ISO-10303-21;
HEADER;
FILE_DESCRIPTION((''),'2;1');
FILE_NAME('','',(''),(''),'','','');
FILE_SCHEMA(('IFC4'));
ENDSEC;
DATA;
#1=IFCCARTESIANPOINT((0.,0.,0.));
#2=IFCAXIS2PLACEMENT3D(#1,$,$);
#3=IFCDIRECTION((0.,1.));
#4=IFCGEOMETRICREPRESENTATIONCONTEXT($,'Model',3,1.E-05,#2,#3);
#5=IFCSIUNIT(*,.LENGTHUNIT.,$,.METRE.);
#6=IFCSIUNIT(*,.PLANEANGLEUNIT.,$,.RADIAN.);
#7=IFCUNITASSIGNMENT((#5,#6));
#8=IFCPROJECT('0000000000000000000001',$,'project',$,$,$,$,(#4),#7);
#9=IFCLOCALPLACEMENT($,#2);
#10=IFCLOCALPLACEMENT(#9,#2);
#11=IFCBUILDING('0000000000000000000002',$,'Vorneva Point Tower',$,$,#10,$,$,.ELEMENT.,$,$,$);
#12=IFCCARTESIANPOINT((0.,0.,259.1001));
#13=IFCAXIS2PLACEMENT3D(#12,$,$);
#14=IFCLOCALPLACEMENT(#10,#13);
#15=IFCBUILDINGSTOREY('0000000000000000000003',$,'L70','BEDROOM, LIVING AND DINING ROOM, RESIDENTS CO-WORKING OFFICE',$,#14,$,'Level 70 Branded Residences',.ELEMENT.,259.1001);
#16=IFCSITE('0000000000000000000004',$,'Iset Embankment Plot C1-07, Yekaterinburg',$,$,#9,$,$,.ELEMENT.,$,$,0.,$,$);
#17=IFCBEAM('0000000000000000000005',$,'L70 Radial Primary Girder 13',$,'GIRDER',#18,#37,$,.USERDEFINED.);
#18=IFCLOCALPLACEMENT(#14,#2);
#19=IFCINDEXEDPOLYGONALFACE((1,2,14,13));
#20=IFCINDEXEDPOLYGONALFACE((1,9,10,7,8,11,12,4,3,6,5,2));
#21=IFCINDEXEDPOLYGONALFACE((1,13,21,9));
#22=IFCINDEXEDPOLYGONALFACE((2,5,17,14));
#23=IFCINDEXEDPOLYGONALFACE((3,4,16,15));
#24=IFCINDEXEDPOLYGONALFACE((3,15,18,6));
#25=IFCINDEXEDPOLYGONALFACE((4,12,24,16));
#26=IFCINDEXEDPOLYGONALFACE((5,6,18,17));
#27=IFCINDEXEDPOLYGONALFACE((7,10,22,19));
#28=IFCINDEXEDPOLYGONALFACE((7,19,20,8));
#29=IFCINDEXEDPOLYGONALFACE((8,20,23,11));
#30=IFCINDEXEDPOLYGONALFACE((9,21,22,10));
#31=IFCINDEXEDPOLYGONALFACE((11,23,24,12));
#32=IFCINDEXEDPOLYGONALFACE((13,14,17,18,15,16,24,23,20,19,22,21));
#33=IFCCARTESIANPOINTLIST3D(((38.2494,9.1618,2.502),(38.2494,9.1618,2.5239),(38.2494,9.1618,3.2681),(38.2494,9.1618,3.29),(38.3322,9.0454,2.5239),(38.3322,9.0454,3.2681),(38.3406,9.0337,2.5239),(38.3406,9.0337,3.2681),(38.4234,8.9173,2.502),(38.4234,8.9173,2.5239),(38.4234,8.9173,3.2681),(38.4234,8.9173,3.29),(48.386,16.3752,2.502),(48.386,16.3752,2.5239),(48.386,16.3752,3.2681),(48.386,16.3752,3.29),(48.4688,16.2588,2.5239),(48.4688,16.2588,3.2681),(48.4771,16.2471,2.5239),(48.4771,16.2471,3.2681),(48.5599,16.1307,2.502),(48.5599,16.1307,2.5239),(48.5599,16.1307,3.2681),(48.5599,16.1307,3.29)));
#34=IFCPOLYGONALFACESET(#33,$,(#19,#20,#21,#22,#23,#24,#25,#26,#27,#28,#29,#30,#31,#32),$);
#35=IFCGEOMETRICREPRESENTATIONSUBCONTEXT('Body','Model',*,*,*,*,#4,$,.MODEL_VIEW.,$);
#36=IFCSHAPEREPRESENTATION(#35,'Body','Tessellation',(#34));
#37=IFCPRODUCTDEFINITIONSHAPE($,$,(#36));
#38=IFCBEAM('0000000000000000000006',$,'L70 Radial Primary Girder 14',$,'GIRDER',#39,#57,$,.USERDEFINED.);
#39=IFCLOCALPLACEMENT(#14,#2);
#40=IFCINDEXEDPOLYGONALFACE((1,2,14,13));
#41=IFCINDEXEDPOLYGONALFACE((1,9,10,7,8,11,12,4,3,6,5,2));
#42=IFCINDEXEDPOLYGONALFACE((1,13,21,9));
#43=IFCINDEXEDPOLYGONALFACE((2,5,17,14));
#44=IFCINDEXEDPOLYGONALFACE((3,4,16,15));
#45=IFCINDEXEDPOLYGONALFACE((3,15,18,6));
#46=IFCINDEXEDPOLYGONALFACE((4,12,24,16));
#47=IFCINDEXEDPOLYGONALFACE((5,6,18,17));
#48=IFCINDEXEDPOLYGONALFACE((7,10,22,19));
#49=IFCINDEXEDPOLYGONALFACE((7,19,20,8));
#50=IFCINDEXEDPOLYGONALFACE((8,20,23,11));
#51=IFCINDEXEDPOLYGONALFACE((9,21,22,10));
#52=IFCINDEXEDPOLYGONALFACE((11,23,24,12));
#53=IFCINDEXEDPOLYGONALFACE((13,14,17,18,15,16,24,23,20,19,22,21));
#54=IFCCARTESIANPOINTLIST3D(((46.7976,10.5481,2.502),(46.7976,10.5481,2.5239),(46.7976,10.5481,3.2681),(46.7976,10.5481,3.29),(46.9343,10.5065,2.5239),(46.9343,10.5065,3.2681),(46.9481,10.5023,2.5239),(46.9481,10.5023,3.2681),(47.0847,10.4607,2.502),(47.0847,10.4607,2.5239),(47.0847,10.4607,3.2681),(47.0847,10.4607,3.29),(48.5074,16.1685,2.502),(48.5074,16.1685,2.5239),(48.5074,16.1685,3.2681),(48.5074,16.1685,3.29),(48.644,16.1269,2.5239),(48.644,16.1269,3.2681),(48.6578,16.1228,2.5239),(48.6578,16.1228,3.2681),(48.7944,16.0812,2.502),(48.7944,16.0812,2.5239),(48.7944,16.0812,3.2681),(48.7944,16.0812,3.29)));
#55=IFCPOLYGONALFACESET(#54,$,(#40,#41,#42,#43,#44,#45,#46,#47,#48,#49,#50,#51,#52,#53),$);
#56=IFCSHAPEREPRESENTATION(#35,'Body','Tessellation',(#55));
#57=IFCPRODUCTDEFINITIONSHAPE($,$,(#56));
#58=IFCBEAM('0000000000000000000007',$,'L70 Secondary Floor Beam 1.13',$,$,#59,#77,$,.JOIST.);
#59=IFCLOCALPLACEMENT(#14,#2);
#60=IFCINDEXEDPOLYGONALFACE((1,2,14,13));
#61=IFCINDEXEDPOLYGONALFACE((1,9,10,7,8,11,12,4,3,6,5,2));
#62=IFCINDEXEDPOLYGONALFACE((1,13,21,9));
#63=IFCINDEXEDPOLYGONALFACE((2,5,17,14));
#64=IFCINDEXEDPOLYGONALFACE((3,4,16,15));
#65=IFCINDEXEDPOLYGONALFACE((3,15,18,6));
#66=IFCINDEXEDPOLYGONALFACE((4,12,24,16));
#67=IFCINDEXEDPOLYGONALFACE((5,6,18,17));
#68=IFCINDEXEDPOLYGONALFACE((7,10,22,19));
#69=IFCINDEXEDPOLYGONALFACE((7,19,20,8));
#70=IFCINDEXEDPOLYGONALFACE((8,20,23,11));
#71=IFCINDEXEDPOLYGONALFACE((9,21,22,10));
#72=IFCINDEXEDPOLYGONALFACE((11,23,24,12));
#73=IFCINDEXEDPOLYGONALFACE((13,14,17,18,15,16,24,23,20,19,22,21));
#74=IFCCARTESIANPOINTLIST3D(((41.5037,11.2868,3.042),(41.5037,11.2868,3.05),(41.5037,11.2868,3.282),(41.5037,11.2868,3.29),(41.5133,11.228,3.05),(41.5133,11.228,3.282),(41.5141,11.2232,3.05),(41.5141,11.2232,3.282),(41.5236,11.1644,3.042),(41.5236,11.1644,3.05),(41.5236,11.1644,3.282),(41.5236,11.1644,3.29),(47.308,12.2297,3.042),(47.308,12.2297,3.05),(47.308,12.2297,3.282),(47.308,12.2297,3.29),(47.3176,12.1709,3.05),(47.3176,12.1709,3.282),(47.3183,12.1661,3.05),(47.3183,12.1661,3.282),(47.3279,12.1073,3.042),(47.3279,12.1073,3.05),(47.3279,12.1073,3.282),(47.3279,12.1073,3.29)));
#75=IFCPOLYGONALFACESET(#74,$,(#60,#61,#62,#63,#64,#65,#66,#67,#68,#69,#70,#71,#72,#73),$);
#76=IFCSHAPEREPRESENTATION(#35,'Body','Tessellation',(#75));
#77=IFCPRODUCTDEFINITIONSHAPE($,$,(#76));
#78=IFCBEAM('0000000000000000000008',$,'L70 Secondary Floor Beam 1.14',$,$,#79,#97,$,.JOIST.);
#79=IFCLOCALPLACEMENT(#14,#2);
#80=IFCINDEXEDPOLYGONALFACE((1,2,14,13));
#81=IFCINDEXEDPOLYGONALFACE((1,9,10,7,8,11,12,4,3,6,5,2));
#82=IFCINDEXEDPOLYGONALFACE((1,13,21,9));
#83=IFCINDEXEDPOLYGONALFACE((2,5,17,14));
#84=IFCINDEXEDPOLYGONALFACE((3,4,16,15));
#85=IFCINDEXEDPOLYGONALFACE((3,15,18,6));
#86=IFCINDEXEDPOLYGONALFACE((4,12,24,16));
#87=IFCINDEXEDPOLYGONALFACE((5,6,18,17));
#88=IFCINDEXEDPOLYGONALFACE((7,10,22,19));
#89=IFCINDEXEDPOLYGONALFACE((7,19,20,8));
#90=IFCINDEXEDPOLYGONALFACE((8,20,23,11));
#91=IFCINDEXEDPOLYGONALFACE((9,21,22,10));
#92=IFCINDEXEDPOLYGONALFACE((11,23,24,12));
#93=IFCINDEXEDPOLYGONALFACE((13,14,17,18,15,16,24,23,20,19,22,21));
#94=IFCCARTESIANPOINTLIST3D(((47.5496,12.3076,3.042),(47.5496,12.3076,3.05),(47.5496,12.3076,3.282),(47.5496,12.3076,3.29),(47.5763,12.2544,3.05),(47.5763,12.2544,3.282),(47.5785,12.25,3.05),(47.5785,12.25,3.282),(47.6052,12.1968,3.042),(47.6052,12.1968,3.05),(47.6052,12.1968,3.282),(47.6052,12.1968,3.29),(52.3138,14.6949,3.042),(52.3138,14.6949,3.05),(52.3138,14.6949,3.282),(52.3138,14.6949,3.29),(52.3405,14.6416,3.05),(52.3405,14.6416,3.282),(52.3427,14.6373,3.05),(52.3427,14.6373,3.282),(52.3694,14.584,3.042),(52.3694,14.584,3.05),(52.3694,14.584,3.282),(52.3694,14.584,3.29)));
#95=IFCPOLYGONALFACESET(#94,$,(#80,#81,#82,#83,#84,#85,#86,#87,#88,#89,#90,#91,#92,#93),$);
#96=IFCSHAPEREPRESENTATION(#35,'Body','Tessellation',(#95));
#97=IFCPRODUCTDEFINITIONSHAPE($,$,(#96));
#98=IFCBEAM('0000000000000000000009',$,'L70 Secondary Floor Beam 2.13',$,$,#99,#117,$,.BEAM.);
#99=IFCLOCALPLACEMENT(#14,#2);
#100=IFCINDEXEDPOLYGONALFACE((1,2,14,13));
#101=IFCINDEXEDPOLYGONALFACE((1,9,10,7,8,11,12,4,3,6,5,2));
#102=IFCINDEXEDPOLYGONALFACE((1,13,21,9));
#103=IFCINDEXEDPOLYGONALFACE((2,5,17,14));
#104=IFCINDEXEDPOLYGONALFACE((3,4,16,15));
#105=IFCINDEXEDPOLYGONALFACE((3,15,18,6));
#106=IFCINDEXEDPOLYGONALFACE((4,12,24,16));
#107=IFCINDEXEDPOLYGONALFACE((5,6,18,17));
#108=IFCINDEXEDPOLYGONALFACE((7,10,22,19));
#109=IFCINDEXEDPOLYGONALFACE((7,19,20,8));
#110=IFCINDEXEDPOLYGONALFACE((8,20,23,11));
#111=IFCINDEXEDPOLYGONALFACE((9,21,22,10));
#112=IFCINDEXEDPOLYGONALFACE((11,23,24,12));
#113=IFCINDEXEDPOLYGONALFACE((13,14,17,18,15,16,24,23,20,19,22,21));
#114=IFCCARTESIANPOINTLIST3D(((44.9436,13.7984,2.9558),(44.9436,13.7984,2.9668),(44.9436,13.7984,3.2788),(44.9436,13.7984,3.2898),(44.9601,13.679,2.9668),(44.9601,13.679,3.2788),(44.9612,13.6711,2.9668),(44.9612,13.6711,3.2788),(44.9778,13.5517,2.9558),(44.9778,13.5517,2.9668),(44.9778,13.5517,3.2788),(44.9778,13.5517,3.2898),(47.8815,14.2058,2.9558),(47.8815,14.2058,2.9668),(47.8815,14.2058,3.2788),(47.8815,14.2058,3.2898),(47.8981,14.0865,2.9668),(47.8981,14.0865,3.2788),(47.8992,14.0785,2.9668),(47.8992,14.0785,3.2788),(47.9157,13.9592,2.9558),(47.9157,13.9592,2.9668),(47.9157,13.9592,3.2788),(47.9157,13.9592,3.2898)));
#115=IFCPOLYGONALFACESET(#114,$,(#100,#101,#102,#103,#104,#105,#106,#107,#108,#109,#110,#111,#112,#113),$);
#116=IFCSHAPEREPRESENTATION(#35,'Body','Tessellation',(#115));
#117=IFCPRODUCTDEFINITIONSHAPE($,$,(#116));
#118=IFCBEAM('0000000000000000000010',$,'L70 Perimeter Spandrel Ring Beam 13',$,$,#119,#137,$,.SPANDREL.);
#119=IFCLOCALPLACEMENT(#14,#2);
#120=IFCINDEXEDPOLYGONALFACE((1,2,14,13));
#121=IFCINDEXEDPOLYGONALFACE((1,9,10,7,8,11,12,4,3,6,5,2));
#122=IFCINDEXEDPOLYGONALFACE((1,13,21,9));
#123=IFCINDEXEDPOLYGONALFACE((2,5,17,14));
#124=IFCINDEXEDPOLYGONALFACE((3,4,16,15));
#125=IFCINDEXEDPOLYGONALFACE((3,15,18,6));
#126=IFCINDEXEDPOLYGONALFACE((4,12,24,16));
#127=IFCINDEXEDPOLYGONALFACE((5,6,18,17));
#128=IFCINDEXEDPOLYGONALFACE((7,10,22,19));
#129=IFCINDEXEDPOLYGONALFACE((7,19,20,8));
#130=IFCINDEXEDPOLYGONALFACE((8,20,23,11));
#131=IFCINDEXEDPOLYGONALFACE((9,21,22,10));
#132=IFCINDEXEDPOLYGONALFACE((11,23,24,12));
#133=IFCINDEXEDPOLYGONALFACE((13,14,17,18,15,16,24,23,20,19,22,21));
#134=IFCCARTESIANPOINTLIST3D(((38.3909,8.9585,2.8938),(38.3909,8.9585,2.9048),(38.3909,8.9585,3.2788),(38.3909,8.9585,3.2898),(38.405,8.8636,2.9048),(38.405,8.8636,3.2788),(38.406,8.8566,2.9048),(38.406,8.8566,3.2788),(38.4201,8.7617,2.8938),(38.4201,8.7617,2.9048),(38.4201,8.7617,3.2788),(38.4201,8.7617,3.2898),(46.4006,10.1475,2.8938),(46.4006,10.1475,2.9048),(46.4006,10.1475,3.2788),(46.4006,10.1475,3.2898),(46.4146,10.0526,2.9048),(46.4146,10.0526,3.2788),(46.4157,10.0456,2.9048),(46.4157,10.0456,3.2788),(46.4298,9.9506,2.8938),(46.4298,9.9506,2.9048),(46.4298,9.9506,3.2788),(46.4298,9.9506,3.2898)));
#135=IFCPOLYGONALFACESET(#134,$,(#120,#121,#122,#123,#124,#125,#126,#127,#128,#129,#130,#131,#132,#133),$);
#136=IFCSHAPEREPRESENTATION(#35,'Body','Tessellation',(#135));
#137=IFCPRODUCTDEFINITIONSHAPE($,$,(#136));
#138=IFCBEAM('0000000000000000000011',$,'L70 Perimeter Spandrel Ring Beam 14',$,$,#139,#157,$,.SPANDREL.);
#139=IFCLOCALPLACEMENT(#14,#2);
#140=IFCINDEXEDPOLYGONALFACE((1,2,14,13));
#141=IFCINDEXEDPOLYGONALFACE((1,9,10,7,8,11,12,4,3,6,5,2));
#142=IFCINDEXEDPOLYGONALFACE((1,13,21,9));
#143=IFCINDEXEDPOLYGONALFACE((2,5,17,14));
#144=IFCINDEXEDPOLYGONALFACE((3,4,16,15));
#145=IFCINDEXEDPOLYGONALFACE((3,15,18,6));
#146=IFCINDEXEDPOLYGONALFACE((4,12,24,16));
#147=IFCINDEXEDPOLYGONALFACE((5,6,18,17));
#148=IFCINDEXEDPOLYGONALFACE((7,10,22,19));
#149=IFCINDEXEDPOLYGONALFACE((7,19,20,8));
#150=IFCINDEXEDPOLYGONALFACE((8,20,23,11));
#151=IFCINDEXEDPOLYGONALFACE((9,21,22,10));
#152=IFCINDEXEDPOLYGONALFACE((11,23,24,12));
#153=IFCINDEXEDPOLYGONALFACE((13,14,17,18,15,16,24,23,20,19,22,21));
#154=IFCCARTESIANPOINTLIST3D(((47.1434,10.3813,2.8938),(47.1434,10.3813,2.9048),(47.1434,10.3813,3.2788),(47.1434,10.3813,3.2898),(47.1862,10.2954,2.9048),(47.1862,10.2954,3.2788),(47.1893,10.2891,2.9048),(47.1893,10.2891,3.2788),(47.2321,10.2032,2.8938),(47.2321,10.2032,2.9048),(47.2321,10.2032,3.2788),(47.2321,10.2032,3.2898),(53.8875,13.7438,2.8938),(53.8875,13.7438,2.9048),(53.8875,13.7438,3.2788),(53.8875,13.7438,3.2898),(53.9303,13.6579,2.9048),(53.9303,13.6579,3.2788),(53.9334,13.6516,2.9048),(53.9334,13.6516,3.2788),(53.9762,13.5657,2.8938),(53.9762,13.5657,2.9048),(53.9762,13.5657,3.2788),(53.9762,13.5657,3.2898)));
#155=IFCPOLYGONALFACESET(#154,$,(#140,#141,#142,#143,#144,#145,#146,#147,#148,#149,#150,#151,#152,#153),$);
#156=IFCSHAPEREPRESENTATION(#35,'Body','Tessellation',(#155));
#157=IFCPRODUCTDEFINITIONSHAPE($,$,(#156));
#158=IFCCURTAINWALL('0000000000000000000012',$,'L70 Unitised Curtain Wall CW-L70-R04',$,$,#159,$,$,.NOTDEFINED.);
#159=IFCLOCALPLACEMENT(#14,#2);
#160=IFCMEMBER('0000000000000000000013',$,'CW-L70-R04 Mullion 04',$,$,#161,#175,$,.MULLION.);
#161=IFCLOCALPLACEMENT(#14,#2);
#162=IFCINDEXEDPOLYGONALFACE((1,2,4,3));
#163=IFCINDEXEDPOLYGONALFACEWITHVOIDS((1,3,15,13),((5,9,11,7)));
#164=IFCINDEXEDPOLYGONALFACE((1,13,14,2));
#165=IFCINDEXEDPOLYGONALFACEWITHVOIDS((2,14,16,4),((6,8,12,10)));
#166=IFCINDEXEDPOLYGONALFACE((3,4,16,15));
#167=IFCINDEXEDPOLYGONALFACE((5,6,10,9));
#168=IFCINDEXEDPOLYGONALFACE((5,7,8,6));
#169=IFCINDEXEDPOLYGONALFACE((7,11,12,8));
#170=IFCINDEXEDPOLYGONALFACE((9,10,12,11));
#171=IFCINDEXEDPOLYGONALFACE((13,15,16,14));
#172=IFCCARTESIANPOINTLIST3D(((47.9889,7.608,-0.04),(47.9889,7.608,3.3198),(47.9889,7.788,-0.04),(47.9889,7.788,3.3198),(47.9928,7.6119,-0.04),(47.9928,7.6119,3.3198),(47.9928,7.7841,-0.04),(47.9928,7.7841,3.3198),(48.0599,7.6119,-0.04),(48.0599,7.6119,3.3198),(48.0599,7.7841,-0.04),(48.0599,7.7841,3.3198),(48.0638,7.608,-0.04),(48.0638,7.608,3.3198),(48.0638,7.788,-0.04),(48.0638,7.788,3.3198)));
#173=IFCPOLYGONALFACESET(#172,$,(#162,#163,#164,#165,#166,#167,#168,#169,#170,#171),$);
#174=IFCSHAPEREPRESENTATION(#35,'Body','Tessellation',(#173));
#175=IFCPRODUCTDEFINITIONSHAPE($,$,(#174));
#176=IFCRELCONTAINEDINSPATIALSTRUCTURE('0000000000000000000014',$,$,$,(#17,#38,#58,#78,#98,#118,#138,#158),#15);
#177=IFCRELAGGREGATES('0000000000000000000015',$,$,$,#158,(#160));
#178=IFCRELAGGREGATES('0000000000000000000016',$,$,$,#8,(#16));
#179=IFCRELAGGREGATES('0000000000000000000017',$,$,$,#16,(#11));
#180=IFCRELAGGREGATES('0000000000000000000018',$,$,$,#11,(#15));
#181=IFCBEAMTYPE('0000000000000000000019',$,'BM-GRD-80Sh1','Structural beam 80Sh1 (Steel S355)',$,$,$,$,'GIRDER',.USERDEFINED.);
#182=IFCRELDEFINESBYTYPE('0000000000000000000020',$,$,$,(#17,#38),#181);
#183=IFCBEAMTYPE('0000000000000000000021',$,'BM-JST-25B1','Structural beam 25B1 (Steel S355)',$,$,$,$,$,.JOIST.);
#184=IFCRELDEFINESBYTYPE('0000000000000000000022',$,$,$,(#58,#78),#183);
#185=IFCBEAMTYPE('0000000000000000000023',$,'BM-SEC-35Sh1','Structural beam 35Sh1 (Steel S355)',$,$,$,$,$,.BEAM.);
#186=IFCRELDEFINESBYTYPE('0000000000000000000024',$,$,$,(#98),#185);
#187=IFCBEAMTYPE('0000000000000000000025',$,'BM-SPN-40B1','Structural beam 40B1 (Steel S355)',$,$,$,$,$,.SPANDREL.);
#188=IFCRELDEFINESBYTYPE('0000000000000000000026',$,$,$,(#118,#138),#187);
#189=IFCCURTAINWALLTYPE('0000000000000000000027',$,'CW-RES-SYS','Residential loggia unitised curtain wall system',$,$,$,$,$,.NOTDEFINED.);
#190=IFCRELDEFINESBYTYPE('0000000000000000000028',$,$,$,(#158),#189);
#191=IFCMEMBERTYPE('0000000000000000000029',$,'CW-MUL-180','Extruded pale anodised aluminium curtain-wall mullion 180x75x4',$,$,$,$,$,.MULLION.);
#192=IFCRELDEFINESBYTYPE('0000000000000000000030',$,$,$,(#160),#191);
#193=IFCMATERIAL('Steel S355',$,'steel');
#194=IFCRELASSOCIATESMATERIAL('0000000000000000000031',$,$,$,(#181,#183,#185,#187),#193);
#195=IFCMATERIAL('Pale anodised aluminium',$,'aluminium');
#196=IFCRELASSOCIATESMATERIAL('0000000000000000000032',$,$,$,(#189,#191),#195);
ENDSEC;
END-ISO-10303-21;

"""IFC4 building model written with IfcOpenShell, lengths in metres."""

from ifc_helpers import new_model, si_unit, direction, frame, origin, origin_2d, place, context, subcontext, project, spatial, hollow_rectangle, i_section, extrude, material, material_profile, profile_set, type_object, element, aggregate, save


model = new_model("IFC4")

# Units and contexts
model_context = context("Model", 3, precision=1e-05, world=origin(), true_north=direction((0.0, 1.0)))
body_context = subcontext(model_context, "Body", "Model", "MODEL_VIEW")
ifc_project = project(units=[si_unit("LENGTHUNIT", "METRE"), si_unit("PLANEANGLEUNIT", "RADIAN")], contexts=[model_context])

# Site, building, storey
site_placement = place(None, origin())
site = spatial("IfcSite", under=ifc_project, at=site_placement, Name="Iset Embankment Plot C1-07, Yekaterinburg", CompositionType="ELEMENT", RefElevation=0.0)
building_placement = place(site_placement, origin())
building = spatial("IfcBuilding", under=site, at=building_placement, Name="Vorneva Point Tower", CompositionType="ELEMENT")
storey_placement = place(building_placement, frame((0.0, 0.0, 259.1001)))
storey = spatial("IfcBuildingStorey", under=building, at=storey_placement, Name="L70", Description="BEDROOM, LIVING AND DINING ROOM, RESIDENTS CO-WORKING OFFICE", LongName="Level 70 Branded Residences", CompositionType="ELEMENT", Elevation=259.1001)

# Beams
ifc_material_1 = material(Name="Steel S355", Category="steel")
ifc_material_profile_1 = material_profile(ifc_material_1, i_section(OverallWidth=0.3, OverallDepth=0.7881, WebThickness=0.0144, FlangeThickness=0.022, at=origin_2d()), Name="80Sh1")
ifc_profile_set_1 = profile_set([ifc_material_profile_1], Name="Steel S355")
beam_type_1 = type_object("IfcBeamType", Name="BM-GRD-80Sh1", Description="Structural beam 80Sh1 (Steel S355)", ElementType="GIRDER", PredefinedType="USERDEFINED", material=ifc_profile_set_1)
beam_1_placement = place(storey_placement, frame((38.3364, 9.0396, 2.896), z_axis=(0.814757, 0.579802, 0.0), x_axis=(-0.579802, 0.814757, 0.0)))
element("IfcBeam", 1, at=beam_1_placement, inside=storey, type_object=beam_type_1, Name="L70 Radial Primary Girder 13", ObjectType="GIRDER", PredefinedType="USERDEFINED", context=body_context, shape_type="SweptSolid", body=[
    extrude(i_section(OverallWidth=0.3, OverallDepth=0.7881, WebThickness=0.0144, FlangeThickness=0.022, at=origin_2d()), origin(), (0.0, 0.0, 1.0), 12.4412),
])
beam_2_placement = place(storey_placement, frame((46.9412, 10.5044, 2.896), z_axis=(0.291033, 0.956713, 0.0), x_axis=(-0.956713, 0.291033, 0.0)))
element("IfcBeam", 2, at=beam_2_placement, inside=storey, type_object=beam_type_1, Name="L70 Radial Primary Girder 14", ObjectType="GIRDER", PredefinedType="USERDEFINED", context=body_context, shape_type="SweptSolid", body=[
    extrude(i_section(OverallWidth=0.3, OverallDepth=0.7881, WebThickness=0.0144, FlangeThickness=0.022, at=origin_2d()), origin(), (0.0, 0.0, 1.0), 5.8748),
])
ifc_material_profile_2 = material_profile(ifc_material_1, i_section(OverallWidth=0.124, OverallDepth=0.248, WebThickness=0.0049, FlangeThickness=0.0081, at=origin_2d()), Name="25B1")
ifc_profile_set_2 = profile_set([ifc_material_profile_2], Name="Steel S355")
beam_type_2 = type_object("IfcBeamType", Name="BM-JST-25B1", Description="Structural beam 25B1 (Steel S355)", PredefinedType="JOIST", material=ifc_profile_set_2)
beam_3_placement = place(storey_placement, frame((41.5137, 11.2256, 3.166), z_axis=(0.987061, 0.160344, 0.0), x_axis=(-0.160344, 0.987061, 0.0)))
element("IfcBeam", 3, at=beam_3_placement, inside=storey, type_object=beam_type_2, Name="L70 Secondary Floor Beam 1.13", PredefinedType="JOIST", context=body_context, shape_type="SweptSolid", body=[
    extrude(i_section(OverallWidth=0.124, OverallDepth=0.248, WebThickness=0.0049, FlangeThickness=0.0081, at=origin_2d()), origin(), (0.0, 0.0, 1.0), 5.8804),
])
beam_4_placement = place(storey_placement, frame((47.5774, 12.2522, 3.166), z_axis=(0.894042, 0.447983, 0.0), x_axis=(-0.447983, 0.894042, 0.0)))
element("IfcBeam", 4, at=beam_4_placement, inside=storey, type_object=beam_type_2, Name="L70 Secondary Floor Beam 1.14", PredefinedType="JOIST", context=body_context, shape_type="SweptSolid", body=[
    extrude(i_section(OverallWidth=0.124, OverallDepth=0.248, WebThickness=0.0049, FlangeThickness=0.0081, at=origin_2d()), origin(), (0.0, 0.0, 1.0), 5.3289),
])
ifc_material_profile_3 = material_profile(ifc_material_1, i_section(OverallWidth=0.249, OverallDepth=0.334, WebThickness=0.0081, FlangeThickness=0.011, at=origin_2d()), Name="35Sh1")
ifc_profile_set_3 = profile_set([ifc_material_profile_3], Name="Steel S355")
beam_type_3 = type_object("IfcBeamType", Name="BM-SEC-35Sh1", Description="Structural beam 35Sh1 (Steel S355)", PredefinedType="BEAM", material=ifc_profile_set_3)
beam_5_placement = place(storey_placement, frame((44.9607, 13.675, 3.1228), z_axis=(0.990519, 0.137375, 0.0), x_axis=(-0.137375, 0.990519, 0.0)))
element("IfcBeam", 5, at=beam_5_placement, inside=storey, type_object=beam_type_3, Name="L70 Secondary Floor Beam 2.13", PredefinedType="BEAM", context=body_context, shape_type="SweptSolid", body=[
    extrude(i_section(OverallWidth=0.249, OverallDepth=0.334, WebThickness=0.0081, FlangeThickness=0.011, at=origin_2d()), origin(), (0.0, 0.0, 1.0), 2.9661),
])
ifc_material_profile_4 = material_profile(ifc_material_1, i_section(OverallWidth=0.199, OverallDepth=0.396, WebThickness=0.0071, FlangeThickness=0.011, at=origin_2d()), Name="40B1")
ifc_profile_set_4 = profile_set([ifc_material_profile_4], Name="Steel S355")
beam_type_4 = type_object("IfcBeamType", Name="BM-SPN-40B1", Description="Structural beam 40B1 (Steel S355)", PredefinedType="SPANDREL", material=ifc_profile_set_4)
beam_6_placement = place(storey_placement, frame((38.4055, 8.8601, 3.0918), z_axis=(0.989162, 0.146831, 0.0), x_axis=(-0.146831, 0.989162, 0.0)))
element("IfcBeam", 6, at=beam_6_placement, inside=storey, type_object=beam_type_4, Name="L70 Perimeter Spandrel Ring Beam 13", PredefinedType="SPANDREL", context=body_context, shape_type="SweptSolid", body=[
    extrude(i_section(OverallWidth=0.199, OverallDepth=0.396, WebThickness=0.0071, FlangeThickness=0.011, at=origin_2d()), origin(), (0.0, 0.0, 1.0), 8.0974),
])
beam_7_placement = place(storey_placement, frame((47.1877, 10.2922, 3.0918), z_axis=(0.894932, 0.446203, 0.0), x_axis=(-0.446203, 0.894932, 0.0)))
element("IfcBeam", 7, at=beam_7_placement, inside=storey, type_object=beam_type_4, Name="L70 Perimeter Spandrel Ring Beam 14", PredefinedType="SPANDREL", context=body_context, shape_type="SweptSolid", body=[
    extrude(i_section(OverallWidth=0.199, OverallDepth=0.396, WebThickness=0.0071, FlangeThickness=0.011, at=origin_2d()), origin(), (0.0, 0.0, 1.0), 7.5359),
])

# Curtain wall, member
ifc_material_2 = material(Name="Pale anodised aluminium", Category="aluminium")
curtain_wall_type = type_object("IfcCurtainWallType", Name="CW-RES-SYS", Description="Residential loggia unitised curtain wall system", PredefinedType="NOTDEFINED", material=ifc_material_2)
curtain_wall_placement = place(storey_placement, origin())
curtain_wall = element("IfcCurtainWall", 8, at=curtain_wall_placement, inside=storey, type_object=curtain_wall_type, Name="L70 Unitised Curtain Wall CW-L70-R04", PredefinedType="NOTDEFINED")
ifc_material_profile_5 = material_profile(ifc_material_2, hollow_rectangle(XDim=0.075, YDim=0.1799, WallThickness=0.0039, at=origin_2d()), Name="AL-MUL 180x75x4")
ifc_profile_set_5 = profile_set([ifc_material_profile_5], Name="Pale anodised aluminium")
member_type_1 = type_object("IfcMemberType", Name="CW-MUL-180", Description="Extruded pale anodised aluminium curtain-wall mullion 180x75x4", PredefinedType="MULLION", material=ifc_profile_set_5)
member_1_placement = place(storey_placement, frame((48.0264, 7.698, -0.04), z_axis=(0.0, 0.0, 1.0), x_axis=(1.0, 0.0, 0.0)))
member_1 = element("IfcMember", 9, at=member_1_placement, type_object=member_type_1, Name="CW-L70-R04 Mullion 04", PredefinedType="MULLION", context=body_context, shape_type="SweptSolid", body=[
    extrude(hollow_rectangle(XDim=0.075, YDim=0.1799, WallThickness=0.0039, at=origin_2d()), origin(), (0.0, 0.0, 1.0), 3.3599),
])
aggregate(curtain_wall, [member_1])

save(model, "model.ifc")
